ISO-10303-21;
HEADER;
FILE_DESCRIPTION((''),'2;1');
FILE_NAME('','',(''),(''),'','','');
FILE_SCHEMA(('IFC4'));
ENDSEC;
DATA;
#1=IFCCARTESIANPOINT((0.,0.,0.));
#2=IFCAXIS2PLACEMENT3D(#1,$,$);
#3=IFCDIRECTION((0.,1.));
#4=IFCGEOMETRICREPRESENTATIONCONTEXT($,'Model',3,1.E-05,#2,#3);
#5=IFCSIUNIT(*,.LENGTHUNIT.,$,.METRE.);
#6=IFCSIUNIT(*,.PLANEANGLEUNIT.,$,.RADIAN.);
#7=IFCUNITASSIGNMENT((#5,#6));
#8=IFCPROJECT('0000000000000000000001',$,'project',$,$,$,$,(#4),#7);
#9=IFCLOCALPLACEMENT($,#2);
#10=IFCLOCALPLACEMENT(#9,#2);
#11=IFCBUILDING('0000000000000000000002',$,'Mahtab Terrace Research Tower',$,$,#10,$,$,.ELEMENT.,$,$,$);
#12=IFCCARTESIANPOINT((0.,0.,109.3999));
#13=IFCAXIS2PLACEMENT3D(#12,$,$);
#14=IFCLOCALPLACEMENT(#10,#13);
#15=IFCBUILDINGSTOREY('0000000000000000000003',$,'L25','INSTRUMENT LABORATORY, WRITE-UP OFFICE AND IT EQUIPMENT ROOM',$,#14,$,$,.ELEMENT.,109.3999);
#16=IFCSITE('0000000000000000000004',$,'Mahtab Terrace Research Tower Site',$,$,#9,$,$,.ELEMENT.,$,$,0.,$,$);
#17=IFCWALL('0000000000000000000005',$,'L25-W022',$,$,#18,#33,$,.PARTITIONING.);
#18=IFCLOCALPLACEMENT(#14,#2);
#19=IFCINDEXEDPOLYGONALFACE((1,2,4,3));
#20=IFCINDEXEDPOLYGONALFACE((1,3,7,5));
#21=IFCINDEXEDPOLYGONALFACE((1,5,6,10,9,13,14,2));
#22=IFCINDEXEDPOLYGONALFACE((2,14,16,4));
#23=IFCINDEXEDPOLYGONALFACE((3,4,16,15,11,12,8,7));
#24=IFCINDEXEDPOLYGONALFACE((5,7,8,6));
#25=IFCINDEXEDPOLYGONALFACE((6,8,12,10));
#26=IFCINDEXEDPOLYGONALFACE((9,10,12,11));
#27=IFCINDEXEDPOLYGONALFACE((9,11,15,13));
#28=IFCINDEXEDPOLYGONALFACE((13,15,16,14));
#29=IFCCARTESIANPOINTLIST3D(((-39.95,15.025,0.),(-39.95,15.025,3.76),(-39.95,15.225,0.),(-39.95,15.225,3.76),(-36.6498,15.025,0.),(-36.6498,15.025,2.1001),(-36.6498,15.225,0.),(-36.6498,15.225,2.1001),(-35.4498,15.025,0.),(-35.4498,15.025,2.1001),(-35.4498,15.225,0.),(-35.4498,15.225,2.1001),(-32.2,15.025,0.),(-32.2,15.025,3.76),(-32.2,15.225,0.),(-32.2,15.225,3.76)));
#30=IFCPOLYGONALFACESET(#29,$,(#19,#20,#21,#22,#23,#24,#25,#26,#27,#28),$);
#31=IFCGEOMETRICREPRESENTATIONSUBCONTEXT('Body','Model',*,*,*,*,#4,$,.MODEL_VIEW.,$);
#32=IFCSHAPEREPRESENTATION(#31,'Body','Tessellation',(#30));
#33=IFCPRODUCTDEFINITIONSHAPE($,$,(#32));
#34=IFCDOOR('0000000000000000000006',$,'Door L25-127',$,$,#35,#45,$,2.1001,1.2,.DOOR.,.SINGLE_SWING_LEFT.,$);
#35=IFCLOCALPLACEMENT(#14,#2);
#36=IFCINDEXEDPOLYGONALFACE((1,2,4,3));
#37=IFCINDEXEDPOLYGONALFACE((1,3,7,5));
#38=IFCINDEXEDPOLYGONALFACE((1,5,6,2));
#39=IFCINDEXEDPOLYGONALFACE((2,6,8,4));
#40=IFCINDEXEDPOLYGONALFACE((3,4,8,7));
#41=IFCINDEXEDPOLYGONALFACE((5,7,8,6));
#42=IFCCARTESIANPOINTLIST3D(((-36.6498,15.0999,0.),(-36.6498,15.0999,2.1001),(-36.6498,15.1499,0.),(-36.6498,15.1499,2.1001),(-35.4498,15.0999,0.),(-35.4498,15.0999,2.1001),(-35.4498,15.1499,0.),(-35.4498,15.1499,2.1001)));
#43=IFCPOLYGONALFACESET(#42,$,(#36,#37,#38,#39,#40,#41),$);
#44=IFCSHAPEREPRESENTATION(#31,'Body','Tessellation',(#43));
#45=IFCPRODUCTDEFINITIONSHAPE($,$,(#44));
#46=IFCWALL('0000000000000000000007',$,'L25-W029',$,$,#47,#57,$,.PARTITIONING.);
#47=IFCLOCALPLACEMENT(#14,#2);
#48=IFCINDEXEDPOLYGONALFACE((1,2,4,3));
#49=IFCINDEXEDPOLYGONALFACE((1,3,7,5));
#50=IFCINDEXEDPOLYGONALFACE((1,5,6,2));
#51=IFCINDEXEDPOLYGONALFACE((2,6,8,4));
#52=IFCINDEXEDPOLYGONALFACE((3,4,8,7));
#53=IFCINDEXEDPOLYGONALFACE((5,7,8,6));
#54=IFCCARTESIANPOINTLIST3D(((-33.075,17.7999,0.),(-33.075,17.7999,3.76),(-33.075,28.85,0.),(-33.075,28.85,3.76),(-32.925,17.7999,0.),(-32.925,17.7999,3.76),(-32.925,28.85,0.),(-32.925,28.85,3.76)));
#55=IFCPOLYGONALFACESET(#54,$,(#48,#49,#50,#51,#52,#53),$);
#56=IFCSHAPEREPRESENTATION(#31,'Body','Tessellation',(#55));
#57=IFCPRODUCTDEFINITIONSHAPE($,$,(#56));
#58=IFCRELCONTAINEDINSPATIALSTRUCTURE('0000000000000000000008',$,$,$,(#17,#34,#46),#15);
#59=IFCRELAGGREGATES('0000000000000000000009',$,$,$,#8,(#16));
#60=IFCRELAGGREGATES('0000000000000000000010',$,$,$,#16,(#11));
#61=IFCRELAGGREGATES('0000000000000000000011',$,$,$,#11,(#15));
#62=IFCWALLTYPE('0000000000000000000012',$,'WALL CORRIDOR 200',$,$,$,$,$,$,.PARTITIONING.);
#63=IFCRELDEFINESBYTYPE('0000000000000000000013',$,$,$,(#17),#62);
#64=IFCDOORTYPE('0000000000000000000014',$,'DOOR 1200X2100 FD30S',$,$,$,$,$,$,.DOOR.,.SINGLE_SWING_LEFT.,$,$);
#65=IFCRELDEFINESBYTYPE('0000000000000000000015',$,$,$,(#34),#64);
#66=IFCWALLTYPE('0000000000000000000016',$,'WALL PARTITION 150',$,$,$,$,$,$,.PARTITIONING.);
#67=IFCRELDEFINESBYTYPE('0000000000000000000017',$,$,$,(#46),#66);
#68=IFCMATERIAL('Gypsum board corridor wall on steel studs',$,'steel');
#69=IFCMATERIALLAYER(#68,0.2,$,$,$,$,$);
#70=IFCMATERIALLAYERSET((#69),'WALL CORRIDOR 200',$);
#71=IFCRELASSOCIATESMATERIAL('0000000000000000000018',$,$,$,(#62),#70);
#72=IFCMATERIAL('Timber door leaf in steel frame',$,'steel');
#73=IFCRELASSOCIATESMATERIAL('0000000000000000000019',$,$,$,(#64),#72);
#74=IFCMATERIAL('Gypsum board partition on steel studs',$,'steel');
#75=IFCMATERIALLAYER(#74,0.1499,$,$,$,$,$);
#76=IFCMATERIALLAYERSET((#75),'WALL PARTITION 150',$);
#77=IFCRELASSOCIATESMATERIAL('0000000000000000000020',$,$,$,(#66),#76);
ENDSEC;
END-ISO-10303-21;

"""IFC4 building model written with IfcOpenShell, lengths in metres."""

from ifc_helpers import new_model, si_unit, direction, frame, frame_2d, origin, place, context, subcontext, project, spatial, rectangle, extrude, material, layer, layer_set, type_object, element, fill, save


model = new_model("IFC4")

# Units and contexts
model_context = context("Model", 3, precision=1e-05, world=origin(), true_north=direction((0.0, 1.0)))
body_context = subcontext(model_context, "Body", "Model", "MODEL_VIEW")
ifc_project = project(units=[si_unit("LENGTHUNIT", "METRE"), si_unit("PLANEANGLEUNIT", "RADIAN")], contexts=[model_context])

# Site, building, storey
site_placement = place(None, origin())
site = spatial("IfcSite", under=ifc_project, at=site_placement, Name="Mahtab Terrace Research Tower Site", CompositionType="ELEMENT", RefElevation=0.0)
building_placement = place(site_placement, origin())
building = spatial("IfcBuilding", under=site, at=building_placement, Name="Mahtab Terrace Research Tower", CompositionType="ELEMENT")
storey_placement = place(building_placement, frame((0.0, 0.0, 109.3999)))
storey = spatial("IfcBuildingStorey", under=building, at=storey_placement, Name="L25", Description="INSTRUMENT LABORATORY, WRITE-UP OFFICE AND IT EQUIPMENT ROOM", CompositionType="ELEMENT", Elevation=109.3999)

# Wall, opening, door
ifc_material_1 = material(Name="Gypsum board corridor wall on steel studs", Category="steel")
ifc_layer_1 = layer(ifc_material_1, 0.2)
ifc_layer_set_1 = layer_set([ifc_layer_1], Name="WALL CORRIDOR 200")
wall_type_1 = type_object("IfcWallType", Name="WALL CORRIDOR 200", PredefinedType="PARTITIONING", material=ifc_layer_set_1)
wall_1_placement = place(storey_placement, frame((-39.95, 15.125, 0.0), z_axis=(0.0, 0.0, 1.0), x_axis=(1.0, 0.0, 0.0)))
wall_1 = element("IfcWall", 1, at=wall_1_placement, inside=storey, type_object=wall_type_1, Name="L25-W022", PredefinedType="PARTITIONING", context=body_context, shape_type="SweptSolid", body=[
    extrude(rectangle(XDim=7.75, YDim=0.2, at=frame_2d((3.875, 0.0))), origin(), (0.0, 0.0, 1.0), 3.76),
])
opening_1_placement = place(wall_1_placement, frame((3.3, 0.0, 0.0)))
opening_1 = element("IfcOpeningElement", 2, at=opening_1_placement, cuts=wall_1, PredefinedType="OPENING", context=body_context, shape_type="SweptSolid", body=[
    extrude(rectangle(XDim=1.2, YDim=2.1001, at=frame_2d((0.6001, 1.05))), frame((0.0, 0.1099, 0.0), z_axis=(0.0, -1.0, 0.0), x_axis=(1.0, 0.0, 0.0)), (0.0, 0.0, 1.0), 0.22),
])
ifc_material_2 = material(Name="Timber door leaf in steel frame", Category="steel")
door_type_1 = type_object("IfcDoorType", Name="DOOR 1200X2100 FD30S", OperationType="SINGLE_SWING_LEFT", PredefinedType="DOOR", material=ifc_material_2)
door_1_placement = place(opening_1_placement, origin())
door_1 = element("IfcDoor", 3, at=door_1_placement, inside=storey, type_object=door_type_1, Name="Door L25-127", OperationType="SINGLE_SWING_LEFT", OverallHeight=2.1001, OverallWidth=1.2, PredefinedType="DOOR", context=body_context, shape_type="SweptSolid", body=[
    extrude(rectangle(XDim=1.2, YDim=2.1001, at=frame_2d((0.6001, 1.05))), frame((0.0, 0.0249, 0.0), z_axis=(0.0, -1.0, 0.0), x_axis=(1.0, 0.0, 0.0)), (0.0, 0.0, 1.0), 0.05),
])
fill(opening_1, door_1)

# Wall
ifc_material_3 = material(Name="Gypsum board partition on steel studs", Category="steel")
ifc_layer_2 = layer(ifc_material_3, 0.1499)
ifc_layer_set_2 = layer_set([ifc_layer_2], Name="WALL PARTITION 150")
wall_type_2 = type_object("IfcWallType", Name="WALL PARTITION 150", PredefinedType="PARTITIONING", material=ifc_layer_set_2)
wall_2_placement = place(storey_placement, frame((-33.0, 17.8, 0.0), z_axis=(0.0, 0.0, 1.0), x_axis=(0.0, 1.0, 0.0)))
element("IfcWall", 4, at=wall_2_placement, inside=storey, type_object=wall_type_2, Name="L25-W029", PredefinedType="PARTITIONING", context=body_context, shape_type="SweptSolid", body=[
    extrude(rectangle(XDim=11.05, YDim=0.1499, at=frame_2d((5.5249, 0.0))), origin(), (0.0, 0.0, 1.0), 3.76),
])

save(model, "model.ifc")
